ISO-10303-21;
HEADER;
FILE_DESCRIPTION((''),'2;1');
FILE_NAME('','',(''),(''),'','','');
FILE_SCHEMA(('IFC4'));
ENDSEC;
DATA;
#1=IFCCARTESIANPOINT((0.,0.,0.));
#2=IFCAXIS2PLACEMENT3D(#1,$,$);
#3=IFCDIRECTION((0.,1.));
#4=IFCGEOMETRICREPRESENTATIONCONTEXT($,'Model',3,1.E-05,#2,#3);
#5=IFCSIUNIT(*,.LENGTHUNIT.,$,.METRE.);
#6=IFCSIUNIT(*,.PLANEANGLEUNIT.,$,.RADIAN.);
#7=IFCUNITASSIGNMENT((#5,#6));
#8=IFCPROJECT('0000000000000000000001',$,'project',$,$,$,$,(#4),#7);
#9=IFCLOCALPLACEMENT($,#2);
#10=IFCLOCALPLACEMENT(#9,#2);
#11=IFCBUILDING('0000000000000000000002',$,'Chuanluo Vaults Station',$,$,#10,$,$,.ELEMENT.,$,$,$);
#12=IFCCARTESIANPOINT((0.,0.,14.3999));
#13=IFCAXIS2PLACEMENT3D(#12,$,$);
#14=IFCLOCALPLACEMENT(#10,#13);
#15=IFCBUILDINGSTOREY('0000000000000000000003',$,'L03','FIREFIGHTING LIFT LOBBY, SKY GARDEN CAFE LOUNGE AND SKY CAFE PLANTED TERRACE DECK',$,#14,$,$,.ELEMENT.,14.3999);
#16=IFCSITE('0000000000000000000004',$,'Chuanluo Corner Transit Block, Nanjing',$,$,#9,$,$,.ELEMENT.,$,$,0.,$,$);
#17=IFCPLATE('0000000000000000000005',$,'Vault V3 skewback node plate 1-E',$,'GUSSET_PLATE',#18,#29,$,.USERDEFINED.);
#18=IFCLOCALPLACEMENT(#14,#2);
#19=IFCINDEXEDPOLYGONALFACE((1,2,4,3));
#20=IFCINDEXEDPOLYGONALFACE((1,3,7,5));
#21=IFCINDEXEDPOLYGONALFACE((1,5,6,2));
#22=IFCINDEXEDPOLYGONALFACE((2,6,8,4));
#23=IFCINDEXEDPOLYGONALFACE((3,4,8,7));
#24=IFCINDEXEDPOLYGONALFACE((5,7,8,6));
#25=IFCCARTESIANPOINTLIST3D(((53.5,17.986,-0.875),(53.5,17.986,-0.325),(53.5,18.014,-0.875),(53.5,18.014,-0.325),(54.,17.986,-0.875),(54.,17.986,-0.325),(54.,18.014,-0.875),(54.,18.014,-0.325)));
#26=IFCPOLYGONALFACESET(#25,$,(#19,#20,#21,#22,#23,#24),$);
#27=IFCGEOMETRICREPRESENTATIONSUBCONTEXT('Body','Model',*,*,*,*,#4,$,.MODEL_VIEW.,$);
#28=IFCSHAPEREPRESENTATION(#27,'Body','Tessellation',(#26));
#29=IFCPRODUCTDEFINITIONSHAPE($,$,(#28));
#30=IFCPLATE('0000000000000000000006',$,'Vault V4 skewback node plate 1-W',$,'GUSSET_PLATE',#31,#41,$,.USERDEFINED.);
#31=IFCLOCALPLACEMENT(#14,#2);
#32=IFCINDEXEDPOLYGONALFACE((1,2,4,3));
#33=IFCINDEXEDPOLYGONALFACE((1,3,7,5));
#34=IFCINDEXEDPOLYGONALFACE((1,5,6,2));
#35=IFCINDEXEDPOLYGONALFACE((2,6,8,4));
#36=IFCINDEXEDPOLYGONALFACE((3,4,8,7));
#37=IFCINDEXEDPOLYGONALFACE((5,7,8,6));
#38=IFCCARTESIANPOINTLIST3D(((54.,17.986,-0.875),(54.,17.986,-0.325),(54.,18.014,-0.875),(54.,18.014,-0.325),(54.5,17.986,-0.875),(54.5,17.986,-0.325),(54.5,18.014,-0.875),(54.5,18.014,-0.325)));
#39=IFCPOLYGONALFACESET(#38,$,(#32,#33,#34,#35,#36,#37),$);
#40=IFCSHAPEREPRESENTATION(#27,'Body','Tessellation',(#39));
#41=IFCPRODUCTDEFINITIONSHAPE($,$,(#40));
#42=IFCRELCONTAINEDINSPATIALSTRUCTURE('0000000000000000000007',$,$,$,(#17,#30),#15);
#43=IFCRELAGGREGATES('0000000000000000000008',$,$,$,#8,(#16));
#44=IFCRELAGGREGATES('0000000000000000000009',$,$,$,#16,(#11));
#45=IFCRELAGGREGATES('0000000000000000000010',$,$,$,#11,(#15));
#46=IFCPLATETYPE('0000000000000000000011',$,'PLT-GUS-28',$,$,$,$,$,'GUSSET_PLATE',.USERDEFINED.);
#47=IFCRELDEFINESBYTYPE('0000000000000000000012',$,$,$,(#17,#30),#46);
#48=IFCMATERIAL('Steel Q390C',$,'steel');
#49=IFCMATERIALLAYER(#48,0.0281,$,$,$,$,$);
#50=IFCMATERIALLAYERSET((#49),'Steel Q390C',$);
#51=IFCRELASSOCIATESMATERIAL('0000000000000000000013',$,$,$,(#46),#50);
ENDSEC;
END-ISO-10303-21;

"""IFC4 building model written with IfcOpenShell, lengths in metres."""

from ifc_helpers import new_model, si_unit, direction, frame, origin, origin_2d, place, context, subcontext, project, spatial, rectangle, extrude, material, layer, layer_set, type_object, element, save


model = new_model("IFC4")

# Units and contexts
model_context = context("Model", 3, precision=1e-05, world=origin(), true_north=direction((0.0, 1.0)))
body_context = subcontext(model_context, "Body", "Model", "MODEL_VIEW")
ifc_project = project(units=[si_unit("LENGTHUNIT", "METRE"), si_unit("PLANEANGLEUNIT", "RADIAN")], contexts=[model_context])

# Site, building, storey
site_placement = place(None, origin())
site = spatial("IfcSite", under=ifc_project, at=site_placement, Name="Chuanluo Corner Transit Block, Nanjing", CompositionType="ELEMENT", RefElevation=0.0)
building_placement = place(site_placement, origin())
building = spatial("IfcBuilding", under=site, at=building_placement, Name="Chuanluo Vaults Station", CompositionType="ELEMENT")
storey_placement = place(building_placement, frame((0.0, 0.0, 14.3999)))
storey = spatial("IfcBuildingStorey", under=building, at=storey_placement, Name="L03", Description="FIREFIGHTING LIFT LOBBY, SKY GARDEN CAFE LOUNGE AND SKY CAFE PLANTED TERRACE DECK", CompositionType="ELEMENT", Elevation=14.3999)

# Plates
ifc_material_1 = material(Name="Steel Q390C", Category="steel")
ifc_layer = layer(ifc_material_1, 0.0281)
ifc_layer_set = layer_set([ifc_layer], Name="Steel Q390C")
plate_type = type_object("IfcPlateType", Name="PLT-GUS-28", ElementType="GUSSET_PLATE", PredefinedType="USERDEFINED", material=ifc_layer_set)
for number, where, z_axis, x_axis, name in (
    (1, (53.75, 18.0, -0.875), (0.0, 0.0, 1.0), (1.0, 0.0, 0.0), "Vault V3 skewback node plate 1-E"),
    (2, (54.25, 18.0, -0.875), (0.0, 0.0, 1.0), (1.0, 0.0, 0.0), "Vault V4 skewback node plate 1-W"),
):
    element("IfcPlate", number, at=place(storey_placement, frame(where, z_axis=z_axis, x_axis=x_axis)), inside=storey, type_object=plate_type, Name=name, ObjectType="GUSSET_PLATE", PredefinedType="USERDEFINED", context=body_context, shape_type="SweptSolid", body=[
        extrude(rectangle(XDim=0.5, YDim=0.0281, at=origin_2d()), origin(), (0.0, 0.0, 1.0), 0.55),
    ])

save(model, "model.ifc")
